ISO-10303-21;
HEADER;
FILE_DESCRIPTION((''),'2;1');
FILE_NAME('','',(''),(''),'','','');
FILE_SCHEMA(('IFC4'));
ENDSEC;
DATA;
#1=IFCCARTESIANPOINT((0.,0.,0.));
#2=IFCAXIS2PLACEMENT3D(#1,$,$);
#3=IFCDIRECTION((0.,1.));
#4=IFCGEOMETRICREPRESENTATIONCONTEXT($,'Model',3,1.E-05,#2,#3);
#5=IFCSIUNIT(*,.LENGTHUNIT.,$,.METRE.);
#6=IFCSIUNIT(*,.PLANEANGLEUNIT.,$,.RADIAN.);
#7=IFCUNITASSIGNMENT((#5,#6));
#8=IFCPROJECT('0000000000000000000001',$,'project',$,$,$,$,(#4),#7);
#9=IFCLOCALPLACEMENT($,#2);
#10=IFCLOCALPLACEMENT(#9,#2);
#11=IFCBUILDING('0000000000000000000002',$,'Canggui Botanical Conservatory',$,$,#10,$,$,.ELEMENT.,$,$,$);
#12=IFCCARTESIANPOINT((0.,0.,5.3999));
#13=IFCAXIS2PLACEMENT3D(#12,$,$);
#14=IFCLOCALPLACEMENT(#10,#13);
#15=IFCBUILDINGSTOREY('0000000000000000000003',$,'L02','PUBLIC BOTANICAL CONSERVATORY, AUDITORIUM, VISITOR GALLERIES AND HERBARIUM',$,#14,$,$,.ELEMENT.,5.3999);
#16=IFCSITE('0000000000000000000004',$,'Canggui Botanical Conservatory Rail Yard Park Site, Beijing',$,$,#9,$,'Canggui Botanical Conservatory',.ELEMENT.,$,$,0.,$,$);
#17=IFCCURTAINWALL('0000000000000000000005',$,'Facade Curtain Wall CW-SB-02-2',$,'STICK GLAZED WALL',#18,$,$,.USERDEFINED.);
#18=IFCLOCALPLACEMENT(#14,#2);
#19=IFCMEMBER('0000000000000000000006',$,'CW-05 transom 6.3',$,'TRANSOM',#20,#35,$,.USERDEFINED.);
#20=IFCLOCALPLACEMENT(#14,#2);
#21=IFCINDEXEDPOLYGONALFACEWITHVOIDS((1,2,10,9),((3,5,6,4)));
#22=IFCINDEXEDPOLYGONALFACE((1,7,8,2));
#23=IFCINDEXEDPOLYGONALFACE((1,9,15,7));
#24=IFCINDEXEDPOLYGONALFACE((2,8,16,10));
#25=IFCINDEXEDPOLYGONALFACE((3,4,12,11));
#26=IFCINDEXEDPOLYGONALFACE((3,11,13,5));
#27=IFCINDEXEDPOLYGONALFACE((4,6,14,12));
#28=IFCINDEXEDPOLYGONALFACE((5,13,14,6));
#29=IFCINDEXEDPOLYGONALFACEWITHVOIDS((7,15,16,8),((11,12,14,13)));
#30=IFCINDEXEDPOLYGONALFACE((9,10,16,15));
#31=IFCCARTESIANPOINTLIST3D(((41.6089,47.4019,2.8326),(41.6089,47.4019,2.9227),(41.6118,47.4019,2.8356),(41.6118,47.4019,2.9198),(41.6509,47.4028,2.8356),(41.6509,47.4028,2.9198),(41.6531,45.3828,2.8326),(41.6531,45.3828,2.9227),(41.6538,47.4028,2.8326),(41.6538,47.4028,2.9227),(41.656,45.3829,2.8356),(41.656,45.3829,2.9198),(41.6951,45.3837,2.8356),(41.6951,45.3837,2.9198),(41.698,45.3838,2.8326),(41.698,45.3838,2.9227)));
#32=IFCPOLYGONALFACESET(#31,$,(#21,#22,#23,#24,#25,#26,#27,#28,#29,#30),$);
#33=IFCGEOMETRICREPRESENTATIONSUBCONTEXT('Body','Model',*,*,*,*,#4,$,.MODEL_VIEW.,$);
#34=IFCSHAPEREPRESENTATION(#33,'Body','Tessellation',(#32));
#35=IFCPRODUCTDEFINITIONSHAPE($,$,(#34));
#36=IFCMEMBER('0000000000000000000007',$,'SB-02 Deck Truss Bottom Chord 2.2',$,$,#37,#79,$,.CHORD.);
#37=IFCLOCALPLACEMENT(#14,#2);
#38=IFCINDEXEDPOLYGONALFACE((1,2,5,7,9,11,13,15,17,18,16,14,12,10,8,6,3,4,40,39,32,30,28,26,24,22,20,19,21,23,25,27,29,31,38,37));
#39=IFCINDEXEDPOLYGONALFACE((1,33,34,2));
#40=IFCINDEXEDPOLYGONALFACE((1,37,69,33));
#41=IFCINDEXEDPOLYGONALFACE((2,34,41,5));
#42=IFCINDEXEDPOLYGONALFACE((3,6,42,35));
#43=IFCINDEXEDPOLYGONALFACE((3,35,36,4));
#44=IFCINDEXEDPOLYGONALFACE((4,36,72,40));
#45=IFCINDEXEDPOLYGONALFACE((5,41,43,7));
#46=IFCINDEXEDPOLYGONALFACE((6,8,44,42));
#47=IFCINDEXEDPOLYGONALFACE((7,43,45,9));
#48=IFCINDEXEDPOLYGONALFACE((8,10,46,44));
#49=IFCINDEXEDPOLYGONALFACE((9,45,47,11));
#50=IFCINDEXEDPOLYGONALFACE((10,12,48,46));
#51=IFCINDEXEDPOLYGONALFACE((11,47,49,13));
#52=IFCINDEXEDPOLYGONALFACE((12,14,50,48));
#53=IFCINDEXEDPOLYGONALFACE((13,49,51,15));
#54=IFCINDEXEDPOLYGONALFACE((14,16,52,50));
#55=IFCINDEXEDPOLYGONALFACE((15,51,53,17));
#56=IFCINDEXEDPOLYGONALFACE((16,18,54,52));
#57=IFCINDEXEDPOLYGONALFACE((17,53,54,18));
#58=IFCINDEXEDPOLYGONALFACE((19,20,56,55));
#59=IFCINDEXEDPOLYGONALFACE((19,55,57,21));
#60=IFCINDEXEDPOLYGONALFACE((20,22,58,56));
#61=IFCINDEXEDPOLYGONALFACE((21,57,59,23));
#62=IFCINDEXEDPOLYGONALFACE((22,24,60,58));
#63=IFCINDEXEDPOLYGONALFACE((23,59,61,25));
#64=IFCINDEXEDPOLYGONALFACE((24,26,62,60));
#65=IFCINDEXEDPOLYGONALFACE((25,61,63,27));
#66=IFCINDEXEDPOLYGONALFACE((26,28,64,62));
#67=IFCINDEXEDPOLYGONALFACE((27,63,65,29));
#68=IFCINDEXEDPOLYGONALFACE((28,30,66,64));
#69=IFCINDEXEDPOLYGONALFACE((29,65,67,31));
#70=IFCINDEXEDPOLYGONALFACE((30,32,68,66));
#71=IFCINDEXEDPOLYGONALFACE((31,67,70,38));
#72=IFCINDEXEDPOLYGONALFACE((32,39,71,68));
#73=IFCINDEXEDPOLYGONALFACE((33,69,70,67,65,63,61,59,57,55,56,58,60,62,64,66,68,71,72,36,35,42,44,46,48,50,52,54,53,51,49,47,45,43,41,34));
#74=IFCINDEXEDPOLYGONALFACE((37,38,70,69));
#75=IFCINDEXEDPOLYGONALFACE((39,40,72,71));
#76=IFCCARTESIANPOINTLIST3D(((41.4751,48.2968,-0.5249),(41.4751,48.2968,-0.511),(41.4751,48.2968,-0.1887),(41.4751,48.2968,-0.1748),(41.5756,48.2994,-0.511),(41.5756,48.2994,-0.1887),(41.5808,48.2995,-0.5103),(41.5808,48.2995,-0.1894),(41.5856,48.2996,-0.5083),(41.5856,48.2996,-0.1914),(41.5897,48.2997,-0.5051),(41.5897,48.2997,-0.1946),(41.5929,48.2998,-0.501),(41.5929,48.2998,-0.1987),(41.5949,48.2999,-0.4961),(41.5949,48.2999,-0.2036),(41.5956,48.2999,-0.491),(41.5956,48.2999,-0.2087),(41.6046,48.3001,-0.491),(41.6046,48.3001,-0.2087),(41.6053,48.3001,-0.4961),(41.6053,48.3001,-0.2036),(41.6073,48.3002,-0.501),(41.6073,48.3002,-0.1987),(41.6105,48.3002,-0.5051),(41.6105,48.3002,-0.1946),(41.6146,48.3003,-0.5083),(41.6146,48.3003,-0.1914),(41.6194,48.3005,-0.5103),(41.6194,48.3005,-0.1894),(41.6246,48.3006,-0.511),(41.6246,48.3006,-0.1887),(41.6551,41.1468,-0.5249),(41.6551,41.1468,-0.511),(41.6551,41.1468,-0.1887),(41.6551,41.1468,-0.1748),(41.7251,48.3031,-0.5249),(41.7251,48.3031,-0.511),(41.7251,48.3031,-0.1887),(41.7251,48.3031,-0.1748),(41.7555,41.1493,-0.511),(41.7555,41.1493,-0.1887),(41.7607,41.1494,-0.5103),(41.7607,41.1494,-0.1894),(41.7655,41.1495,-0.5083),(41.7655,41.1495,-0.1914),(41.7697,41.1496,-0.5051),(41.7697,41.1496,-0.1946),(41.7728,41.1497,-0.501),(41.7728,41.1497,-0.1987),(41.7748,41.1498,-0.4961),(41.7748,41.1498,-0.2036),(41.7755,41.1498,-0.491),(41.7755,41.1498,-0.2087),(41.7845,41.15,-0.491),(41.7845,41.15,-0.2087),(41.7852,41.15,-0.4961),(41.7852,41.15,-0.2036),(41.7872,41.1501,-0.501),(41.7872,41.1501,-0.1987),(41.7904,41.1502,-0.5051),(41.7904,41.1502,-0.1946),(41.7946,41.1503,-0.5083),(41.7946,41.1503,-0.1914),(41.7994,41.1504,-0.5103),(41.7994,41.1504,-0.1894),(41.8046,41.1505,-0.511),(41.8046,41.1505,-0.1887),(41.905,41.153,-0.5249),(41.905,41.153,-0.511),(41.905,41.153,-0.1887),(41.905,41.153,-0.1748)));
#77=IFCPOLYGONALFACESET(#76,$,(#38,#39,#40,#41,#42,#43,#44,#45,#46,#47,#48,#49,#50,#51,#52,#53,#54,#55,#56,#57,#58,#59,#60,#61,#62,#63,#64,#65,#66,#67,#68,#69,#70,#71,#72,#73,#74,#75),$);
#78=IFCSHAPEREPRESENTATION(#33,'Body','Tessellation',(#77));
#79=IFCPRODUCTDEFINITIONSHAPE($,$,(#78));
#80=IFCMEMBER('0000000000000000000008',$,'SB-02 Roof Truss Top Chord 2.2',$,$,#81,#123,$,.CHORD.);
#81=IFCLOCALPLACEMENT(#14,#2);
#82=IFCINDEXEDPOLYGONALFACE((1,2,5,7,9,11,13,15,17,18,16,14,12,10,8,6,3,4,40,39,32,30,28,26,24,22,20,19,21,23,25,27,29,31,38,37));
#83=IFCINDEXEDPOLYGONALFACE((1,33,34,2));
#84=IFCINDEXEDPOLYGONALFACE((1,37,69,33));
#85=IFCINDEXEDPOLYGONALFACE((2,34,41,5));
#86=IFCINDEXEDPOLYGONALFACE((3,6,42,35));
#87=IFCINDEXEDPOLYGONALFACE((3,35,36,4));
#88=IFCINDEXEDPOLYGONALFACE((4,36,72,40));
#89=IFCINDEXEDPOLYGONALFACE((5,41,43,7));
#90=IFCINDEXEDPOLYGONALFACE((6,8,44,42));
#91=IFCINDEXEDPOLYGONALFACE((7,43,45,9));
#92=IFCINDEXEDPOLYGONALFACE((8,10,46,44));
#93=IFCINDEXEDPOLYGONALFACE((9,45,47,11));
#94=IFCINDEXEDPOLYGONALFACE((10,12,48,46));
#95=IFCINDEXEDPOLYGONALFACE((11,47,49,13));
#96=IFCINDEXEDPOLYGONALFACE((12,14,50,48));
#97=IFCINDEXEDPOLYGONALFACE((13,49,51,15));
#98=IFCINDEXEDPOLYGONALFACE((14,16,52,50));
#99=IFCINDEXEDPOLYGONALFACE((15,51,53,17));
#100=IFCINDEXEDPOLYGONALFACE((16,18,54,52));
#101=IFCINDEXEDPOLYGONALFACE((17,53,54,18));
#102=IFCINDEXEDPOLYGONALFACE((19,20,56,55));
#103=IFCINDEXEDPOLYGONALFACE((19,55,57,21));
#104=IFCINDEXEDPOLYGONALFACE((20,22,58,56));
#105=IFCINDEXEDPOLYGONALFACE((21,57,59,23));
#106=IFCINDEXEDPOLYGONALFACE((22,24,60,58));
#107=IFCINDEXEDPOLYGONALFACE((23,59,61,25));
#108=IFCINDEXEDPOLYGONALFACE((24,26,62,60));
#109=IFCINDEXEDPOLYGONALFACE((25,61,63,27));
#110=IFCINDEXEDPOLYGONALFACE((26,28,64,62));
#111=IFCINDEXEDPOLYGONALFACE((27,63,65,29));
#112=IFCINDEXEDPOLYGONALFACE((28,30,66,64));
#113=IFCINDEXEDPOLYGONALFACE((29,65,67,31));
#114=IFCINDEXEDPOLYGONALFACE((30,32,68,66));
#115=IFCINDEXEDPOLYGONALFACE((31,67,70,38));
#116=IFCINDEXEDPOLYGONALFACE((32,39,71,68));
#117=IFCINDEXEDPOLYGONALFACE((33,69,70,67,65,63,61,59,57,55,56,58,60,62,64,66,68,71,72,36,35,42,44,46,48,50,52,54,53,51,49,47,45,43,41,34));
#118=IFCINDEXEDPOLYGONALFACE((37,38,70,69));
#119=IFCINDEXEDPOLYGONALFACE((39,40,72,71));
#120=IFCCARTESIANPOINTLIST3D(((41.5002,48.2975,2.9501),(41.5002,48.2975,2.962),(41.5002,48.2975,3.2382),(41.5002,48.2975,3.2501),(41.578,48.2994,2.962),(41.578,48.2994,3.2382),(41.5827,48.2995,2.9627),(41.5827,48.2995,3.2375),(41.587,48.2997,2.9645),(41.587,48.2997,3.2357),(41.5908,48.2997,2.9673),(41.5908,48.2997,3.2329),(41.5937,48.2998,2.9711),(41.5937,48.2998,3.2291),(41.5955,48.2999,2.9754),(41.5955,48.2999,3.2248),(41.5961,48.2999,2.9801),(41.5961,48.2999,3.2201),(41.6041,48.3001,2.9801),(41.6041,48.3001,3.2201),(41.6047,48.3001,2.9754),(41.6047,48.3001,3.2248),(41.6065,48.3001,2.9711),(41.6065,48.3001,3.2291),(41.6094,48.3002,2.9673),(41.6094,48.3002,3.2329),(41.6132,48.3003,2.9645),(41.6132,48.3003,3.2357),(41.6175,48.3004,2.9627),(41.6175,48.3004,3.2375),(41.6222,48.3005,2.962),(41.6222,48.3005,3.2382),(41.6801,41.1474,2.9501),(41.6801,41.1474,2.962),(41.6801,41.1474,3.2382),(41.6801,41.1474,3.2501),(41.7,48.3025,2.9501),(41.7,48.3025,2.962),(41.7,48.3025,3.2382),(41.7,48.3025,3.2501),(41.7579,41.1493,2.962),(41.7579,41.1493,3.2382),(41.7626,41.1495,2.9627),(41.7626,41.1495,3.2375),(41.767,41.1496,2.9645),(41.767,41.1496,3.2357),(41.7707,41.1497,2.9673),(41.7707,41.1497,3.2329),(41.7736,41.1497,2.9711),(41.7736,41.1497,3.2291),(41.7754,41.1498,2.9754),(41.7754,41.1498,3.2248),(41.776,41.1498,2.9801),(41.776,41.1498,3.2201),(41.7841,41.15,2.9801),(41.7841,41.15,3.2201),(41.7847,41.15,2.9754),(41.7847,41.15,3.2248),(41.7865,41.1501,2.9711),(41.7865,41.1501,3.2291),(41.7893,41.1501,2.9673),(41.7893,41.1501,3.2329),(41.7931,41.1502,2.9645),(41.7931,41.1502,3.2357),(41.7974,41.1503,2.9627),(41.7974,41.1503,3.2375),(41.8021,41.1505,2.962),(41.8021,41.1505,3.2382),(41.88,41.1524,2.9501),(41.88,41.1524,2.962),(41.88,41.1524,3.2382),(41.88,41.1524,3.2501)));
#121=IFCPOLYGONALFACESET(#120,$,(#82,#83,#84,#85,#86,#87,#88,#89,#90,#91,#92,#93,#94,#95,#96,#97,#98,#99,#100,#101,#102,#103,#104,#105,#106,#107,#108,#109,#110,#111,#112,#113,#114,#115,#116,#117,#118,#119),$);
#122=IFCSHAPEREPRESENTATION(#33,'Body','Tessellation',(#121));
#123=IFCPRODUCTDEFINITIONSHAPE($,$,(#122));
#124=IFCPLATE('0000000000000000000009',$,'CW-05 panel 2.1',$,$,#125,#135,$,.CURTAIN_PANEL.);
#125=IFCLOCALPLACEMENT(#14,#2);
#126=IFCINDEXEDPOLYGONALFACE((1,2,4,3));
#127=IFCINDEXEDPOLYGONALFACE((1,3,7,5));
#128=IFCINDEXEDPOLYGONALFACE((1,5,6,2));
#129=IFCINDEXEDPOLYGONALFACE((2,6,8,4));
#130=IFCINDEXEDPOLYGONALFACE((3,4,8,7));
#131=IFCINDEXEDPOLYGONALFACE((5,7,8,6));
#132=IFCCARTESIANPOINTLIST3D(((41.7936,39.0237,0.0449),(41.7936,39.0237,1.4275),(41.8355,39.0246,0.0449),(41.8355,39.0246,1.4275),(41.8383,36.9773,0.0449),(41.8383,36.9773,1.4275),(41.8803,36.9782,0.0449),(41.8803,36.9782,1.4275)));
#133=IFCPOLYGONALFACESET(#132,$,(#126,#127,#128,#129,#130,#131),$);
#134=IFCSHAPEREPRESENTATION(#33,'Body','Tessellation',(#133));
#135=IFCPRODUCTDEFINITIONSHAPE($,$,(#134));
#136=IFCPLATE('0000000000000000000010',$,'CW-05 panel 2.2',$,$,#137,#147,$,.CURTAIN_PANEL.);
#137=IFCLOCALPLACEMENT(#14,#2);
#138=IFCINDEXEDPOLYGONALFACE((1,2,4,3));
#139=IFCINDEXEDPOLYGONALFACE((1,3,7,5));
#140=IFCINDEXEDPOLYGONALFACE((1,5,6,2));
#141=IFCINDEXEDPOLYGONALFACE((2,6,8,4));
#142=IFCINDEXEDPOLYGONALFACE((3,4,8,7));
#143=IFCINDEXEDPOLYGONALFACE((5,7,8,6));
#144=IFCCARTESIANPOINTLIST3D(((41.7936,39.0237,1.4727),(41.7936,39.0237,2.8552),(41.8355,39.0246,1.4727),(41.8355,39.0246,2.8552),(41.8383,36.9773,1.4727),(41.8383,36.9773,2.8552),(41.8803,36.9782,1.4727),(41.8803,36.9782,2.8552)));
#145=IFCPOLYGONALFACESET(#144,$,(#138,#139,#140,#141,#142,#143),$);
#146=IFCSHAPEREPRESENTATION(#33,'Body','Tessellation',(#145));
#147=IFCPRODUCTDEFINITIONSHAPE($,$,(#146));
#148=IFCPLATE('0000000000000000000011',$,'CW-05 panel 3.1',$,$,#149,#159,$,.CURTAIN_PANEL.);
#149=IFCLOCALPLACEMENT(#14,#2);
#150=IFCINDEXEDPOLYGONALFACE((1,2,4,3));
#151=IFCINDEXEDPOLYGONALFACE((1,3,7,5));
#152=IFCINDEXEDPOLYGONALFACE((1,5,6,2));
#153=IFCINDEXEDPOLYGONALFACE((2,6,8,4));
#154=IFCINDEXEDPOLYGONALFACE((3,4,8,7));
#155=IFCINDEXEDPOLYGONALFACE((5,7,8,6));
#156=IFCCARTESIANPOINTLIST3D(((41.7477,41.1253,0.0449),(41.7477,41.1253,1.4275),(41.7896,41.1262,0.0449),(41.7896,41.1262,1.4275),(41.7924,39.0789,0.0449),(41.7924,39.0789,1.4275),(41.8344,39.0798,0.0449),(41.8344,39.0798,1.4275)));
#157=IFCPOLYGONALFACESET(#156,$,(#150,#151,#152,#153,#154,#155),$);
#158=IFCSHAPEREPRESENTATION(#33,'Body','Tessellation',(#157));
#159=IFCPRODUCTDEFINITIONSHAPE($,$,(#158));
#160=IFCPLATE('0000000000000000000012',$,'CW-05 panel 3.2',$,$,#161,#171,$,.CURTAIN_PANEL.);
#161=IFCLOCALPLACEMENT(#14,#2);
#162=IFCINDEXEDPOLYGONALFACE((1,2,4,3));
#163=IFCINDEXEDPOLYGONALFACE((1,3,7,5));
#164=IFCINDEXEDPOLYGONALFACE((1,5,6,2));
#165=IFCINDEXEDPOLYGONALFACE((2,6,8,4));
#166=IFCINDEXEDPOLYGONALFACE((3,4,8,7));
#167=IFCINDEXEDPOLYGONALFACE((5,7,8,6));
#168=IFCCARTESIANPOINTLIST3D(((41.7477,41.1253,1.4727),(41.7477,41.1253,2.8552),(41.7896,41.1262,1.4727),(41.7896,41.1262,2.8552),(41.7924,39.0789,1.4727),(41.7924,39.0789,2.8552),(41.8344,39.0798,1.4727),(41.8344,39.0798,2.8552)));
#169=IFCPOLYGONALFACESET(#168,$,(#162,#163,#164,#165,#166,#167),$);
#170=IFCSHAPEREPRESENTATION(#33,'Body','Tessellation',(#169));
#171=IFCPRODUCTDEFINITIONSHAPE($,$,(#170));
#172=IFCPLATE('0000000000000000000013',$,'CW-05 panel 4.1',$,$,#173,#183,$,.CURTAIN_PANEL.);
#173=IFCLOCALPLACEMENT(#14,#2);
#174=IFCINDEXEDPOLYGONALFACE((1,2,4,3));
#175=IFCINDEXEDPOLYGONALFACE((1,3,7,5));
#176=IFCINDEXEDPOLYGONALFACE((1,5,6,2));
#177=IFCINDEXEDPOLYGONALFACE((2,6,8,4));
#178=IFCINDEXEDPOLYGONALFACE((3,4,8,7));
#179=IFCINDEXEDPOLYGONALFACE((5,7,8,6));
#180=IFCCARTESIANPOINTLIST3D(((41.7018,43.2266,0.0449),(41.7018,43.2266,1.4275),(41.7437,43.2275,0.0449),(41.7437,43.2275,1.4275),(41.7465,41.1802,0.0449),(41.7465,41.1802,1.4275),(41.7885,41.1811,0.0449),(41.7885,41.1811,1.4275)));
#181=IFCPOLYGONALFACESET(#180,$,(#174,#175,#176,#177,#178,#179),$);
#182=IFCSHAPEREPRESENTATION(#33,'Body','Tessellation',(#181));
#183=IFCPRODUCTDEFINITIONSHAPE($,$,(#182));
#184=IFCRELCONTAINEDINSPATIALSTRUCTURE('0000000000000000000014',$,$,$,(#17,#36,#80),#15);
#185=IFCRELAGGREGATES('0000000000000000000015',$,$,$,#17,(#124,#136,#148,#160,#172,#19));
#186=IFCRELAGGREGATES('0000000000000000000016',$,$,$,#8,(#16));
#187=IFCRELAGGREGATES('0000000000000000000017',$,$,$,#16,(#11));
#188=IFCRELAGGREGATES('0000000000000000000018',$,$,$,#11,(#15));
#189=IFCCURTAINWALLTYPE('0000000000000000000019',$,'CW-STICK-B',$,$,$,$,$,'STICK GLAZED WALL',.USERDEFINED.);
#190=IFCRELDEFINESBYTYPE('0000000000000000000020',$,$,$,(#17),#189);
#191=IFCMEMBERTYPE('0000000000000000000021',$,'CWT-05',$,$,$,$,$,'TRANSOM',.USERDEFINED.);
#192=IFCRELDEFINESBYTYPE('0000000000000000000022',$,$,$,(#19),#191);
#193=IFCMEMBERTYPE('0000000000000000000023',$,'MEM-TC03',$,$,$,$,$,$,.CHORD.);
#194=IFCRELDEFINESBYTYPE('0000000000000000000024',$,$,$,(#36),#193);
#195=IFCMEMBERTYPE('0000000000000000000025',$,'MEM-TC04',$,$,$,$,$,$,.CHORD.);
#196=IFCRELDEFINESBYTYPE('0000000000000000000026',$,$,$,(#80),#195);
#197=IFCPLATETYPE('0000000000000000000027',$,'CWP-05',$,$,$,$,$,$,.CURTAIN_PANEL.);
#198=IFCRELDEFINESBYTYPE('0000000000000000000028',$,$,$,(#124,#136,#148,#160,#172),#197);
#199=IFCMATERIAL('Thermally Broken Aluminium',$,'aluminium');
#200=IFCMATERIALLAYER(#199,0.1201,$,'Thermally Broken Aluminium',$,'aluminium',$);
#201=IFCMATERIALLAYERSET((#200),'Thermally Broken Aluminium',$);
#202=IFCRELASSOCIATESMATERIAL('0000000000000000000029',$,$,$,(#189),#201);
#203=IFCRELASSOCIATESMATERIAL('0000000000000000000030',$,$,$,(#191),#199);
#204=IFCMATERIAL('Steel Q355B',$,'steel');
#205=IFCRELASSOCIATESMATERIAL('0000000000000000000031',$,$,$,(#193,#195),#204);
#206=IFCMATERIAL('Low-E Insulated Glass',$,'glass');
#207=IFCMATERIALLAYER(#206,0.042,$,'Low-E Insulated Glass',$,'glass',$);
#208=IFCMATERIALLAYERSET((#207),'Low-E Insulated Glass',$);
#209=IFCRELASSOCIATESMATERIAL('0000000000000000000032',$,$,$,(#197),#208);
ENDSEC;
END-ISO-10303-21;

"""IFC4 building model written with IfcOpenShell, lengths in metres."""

from ifc_helpers import new_model, si_unit, direction, frame, origin, origin_2d, place, context, subcontext, project, spatial, rectangle, hollow_rectangle, i_section, extrude, material, layer, layer_set, material_profile, profile_set, type_object, element, aggregate, save


model = new_model("IFC4")

# Units and contexts
model_context = context("Model", 3, precision=1e-05, world=origin(), true_north=direction((0.0, 1.0)))
body_context = subcontext(model_context, "Body", "Model", "MODEL_VIEW")
ifc_project = project(units=[si_unit("LENGTHUNIT", "METRE"), si_unit("PLANEANGLEUNIT", "RADIAN")], contexts=[model_context])

# Site, building, storey
site_placement = place(None, origin())
site = spatial("IfcSite", under=ifc_project, at=site_placement, Name="Canggui Botanical Conservatory Rail Yard Park Site, Beijing", LongName="Canggui Botanical Conservatory", CompositionType="ELEMENT", RefElevation=0.0)
building_placement = place(site_placement, origin())
building = spatial("IfcBuilding", under=site, at=building_placement, Name="Canggui Botanical Conservatory", CompositionType="ELEMENT")
storey_placement = place(building_placement, frame((0.0, 0.0, 5.3999)))
storey = spatial("IfcBuildingStorey", under=building, at=storey_placement, Name="L02", Description="PUBLIC BOTANICAL CONSERVATORY, AUDITORIUM, VISITOR GALLERIES AND HERBARIUM", CompositionType="ELEMENT", Elevation=5.3999)

# Shared definitions
ifc_material_1 = material(Name="Steel Q355B", Category="steel")

# Curtain wall, member
ifc_material_2 = material(Name="Thermally Broken Aluminium", Category="aluminium")
ifc_layer_1 = layer(ifc_material_2, 0.1201, Name="Thermally Broken Aluminium", Category="aluminium")
ifc_layer_set_1 = layer_set([ifc_layer_1], Name="Thermally Broken Aluminium")
curtain_wall_type = type_object("IfcCurtainWallType", Name="CW-STICK-B", ElementType="STICK GLAZED WALL", PredefinedType="USERDEFINED", material=ifc_layer_set_1)
curtain_wall_placement = place(storey_placement, origin())
curtain_wall = element("IfcCurtainWall", 1, at=curtain_wall_placement, inside=storey, type_object=curtain_wall_type, Name="Facade Curtain Wall CW-SB-02-2", ObjectType="STICK GLAZED WALL", PredefinedType="USERDEFINED")
ifc_material_profile_1 = material_profile(ifc_material_2, hollow_rectangle(XDim=0.0449, YDim=0.0901, WallThickness=0.0029, at=origin_2d()), Name="CWT 45x90x3")
ifc_profile_set_1 = profile_set([ifc_material_profile_1], Name="Thermally Broken Aluminium")
member_type_1 = type_object("IfcMemberType", Name="CWT-05", ElementType="TRANSOM", PredefinedType="USERDEFINED", material=ifc_profile_set_1)
member_1_placement = place(storey_placement, frame((41.6755, 45.3833, 2.8777), z_axis=(-0.021881, 0.999761, 0.0), x_axis=(-0.999761, -0.021881, 0.0)))
member_1 = element("IfcMember", 2, at=member_1_placement, type_object=member_type_1, Name="CW-05 transom 6.3", ObjectType="TRANSOM", PredefinedType="USERDEFINED", context=body_context, shape_type="SweptSolid", body=[
    extrude(hollow_rectangle(XDim=0.0449, YDim=0.0901, WallThickness=0.0029, at=origin_2d()), origin(), (0.0, 0.0, 1.0), 2.0195),
])

# Members
ifc_material_profile_2 = material_profile(ifc_material_1, i_section(OverallWidth=0.25, OverallDepth=0.3501, WebThickness=0.009, FlangeThickness=0.0139, FilletRadius=0.02, at=origin_2d()), Name="HM 350x250x9x14")
ifc_profile_set_2 = profile_set([ifc_material_profile_2], Name="Steel Q355B")
member_type_2 = type_object("IfcMemberType", Name="MEM-TC03", PredefinedType="CHORD", material=ifc_profile_set_2)
member_2_placement = place(storey_placement, frame((41.78, 41.1499, -0.3499), z_axis=(-0.025157, 0.999684, 0.0), x_axis=(-0.999684, -0.025157, 0.0)))
element("IfcMember", 3, at=member_2_placement, inside=storey, type_object=member_type_2, Name="SB-02 Deck Truss Bottom Chord 2.2", PredefinedType="CHORD", context=body_context, shape_type="SweptSolid", body=[
    extrude(i_section(OverallWidth=0.25, OverallDepth=0.3501, WebThickness=0.009, FlangeThickness=0.0139, FilletRadius=0.02, at=origin_2d()), origin(), (0.0, 0.0, 1.0), 7.1523),
])
ifc_material_profile_3 = material_profile(ifc_material_1, i_section(OverallWidth=0.2, OverallDepth=0.3, WebThickness=0.0081, FlangeThickness=0.012, FilletRadius=0.0181, at=origin_2d()), Name="HM 300x200x8x12")
ifc_profile_set_3 = profile_set([ifc_material_profile_3], Name="Steel Q355B")
member_type_3 = type_object("IfcMemberType", Name="MEM-TC04", PredefinedType="CHORD", material=ifc_profile_set_3)
member_3_placement = place(storey_placement, frame((41.78, 41.1499, 3.1001), z_axis=(-0.025157, 0.999684, 0.0), x_axis=(-0.999684, -0.025157, 0.0)))
element("IfcMember", 4, at=member_3_placement, inside=storey, type_object=member_type_3, Name="SB-02 Roof Truss Top Chord 2.2", PredefinedType="CHORD", context=body_context, shape_type="SweptSolid", body=[
    extrude(i_section(OverallWidth=0.2, OverallDepth=0.3, WebThickness=0.0081, FlangeThickness=0.012, FilletRadius=0.0181, at=origin_2d()), origin(), (0.0, 0.0, 1.0), 7.1523),
])

# Plates
ifc_material_3 = material(Name="Low-E Insulated Glass", Category="glass")
ifc_layer_2 = layer(ifc_material_3, 0.042, Name="Low-E Insulated Glass", Category="glass")
ifc_layer_set_2 = layer_set([ifc_layer_2], Name="Low-E Insulated Glass")
plate_type = type_object("IfcPlateType", Name="CWP-05", PredefinedType="CURTAIN_PANEL", material=ifc_layer_set_2)
plate_1_placement = place(storey_placement, frame((41.8369, 38.001, 0.0449), z_axis=(0.0, 0.0, 1.0), x_axis=(-0.021853, 0.999761, 0.0)))
plate_1 = element("IfcPlate", 5, at=plate_1_placement, type_object=plate_type, Name="CW-05 panel 2.1", PredefinedType="CURTAIN_PANEL", context=body_context, shape_type="SweptSolid", body=[
    extrude(rectangle(XDim=2.0469, YDim=0.042, at=origin_2d()), origin(), (0.0, 0.0, 1.0), 1.3826),
])
plate_2_placement = place(storey_placement, frame((41.8369, 38.001, 1.4727), z_axis=(0.0, 0.0, 1.0), x_axis=(-0.021853, 0.999761, 0.0)))
plate_2 = element("IfcPlate", 6, at=plate_2_placement, type_object=plate_type, Name="CW-05 panel 2.2", PredefinedType="CURTAIN_PANEL", context=body_context, shape_type="SweptSolid", body=[
    extrude(rectangle(XDim=2.0469, YDim=0.042, at=origin_2d()), origin(), (0.0, 0.0, 1.0), 1.3826),
])
plate_3_placement = place(storey_placement, frame((41.791, 40.1025, 0.0449), z_axis=(0.0, 0.0, 1.0), x_axis=(-0.021853, 0.999761, 0.0)))
plate_3 = element("IfcPlate", 7, at=plate_3_placement, type_object=plate_type, Name="CW-05 panel 3.1", PredefinedType="CURTAIN_PANEL", context=body_context, shape_type="SweptSolid", body=[
    extrude(rectangle(XDim=2.0469, YDim=0.042, at=origin_2d()), origin(), (0.0, 0.0, 1.0), 1.3826),
])
plate_4_placement = place(storey_placement, frame((41.791, 40.1025, 1.4727), z_axis=(0.0, 0.0, 1.0), x_axis=(-0.021853, 0.999761, 0.0)))
plate_4 = element("IfcPlate", 8, at=plate_4_placement, type_object=plate_type, Name="CW-05 panel 3.2", PredefinedType="CURTAIN_PANEL", context=body_context, shape_type="SweptSolid", body=[
    extrude(rectangle(XDim=2.0469, YDim=0.042, at=origin_2d()), origin(), (0.0, 0.0, 1.0), 1.3826),
])
plate_5_placement = place(storey_placement, frame((41.7451, 42.2039, 0.0449), z_axis=(0.0, 0.0, 1.0), x_axis=(-0.021853, 0.999761, 0.0)))
plate_5 = element("IfcPlate", 9, at=plate_5_placement, type_object=plate_type, Name="CW-05 panel 4.1", PredefinedType="CURTAIN_PANEL", context=body_context, shape_type="SweptSolid", body=[
    extrude(rectangle(XDim=2.0469, YDim=0.042, at=origin_2d()), origin(), (0.0, 0.0, 1.0), 1.3826),
])
aggregate(curtain_wall, [plate_1, plate_2, plate_3, plate_4, plate_5, member_1])

save(model, "model.ifc")
